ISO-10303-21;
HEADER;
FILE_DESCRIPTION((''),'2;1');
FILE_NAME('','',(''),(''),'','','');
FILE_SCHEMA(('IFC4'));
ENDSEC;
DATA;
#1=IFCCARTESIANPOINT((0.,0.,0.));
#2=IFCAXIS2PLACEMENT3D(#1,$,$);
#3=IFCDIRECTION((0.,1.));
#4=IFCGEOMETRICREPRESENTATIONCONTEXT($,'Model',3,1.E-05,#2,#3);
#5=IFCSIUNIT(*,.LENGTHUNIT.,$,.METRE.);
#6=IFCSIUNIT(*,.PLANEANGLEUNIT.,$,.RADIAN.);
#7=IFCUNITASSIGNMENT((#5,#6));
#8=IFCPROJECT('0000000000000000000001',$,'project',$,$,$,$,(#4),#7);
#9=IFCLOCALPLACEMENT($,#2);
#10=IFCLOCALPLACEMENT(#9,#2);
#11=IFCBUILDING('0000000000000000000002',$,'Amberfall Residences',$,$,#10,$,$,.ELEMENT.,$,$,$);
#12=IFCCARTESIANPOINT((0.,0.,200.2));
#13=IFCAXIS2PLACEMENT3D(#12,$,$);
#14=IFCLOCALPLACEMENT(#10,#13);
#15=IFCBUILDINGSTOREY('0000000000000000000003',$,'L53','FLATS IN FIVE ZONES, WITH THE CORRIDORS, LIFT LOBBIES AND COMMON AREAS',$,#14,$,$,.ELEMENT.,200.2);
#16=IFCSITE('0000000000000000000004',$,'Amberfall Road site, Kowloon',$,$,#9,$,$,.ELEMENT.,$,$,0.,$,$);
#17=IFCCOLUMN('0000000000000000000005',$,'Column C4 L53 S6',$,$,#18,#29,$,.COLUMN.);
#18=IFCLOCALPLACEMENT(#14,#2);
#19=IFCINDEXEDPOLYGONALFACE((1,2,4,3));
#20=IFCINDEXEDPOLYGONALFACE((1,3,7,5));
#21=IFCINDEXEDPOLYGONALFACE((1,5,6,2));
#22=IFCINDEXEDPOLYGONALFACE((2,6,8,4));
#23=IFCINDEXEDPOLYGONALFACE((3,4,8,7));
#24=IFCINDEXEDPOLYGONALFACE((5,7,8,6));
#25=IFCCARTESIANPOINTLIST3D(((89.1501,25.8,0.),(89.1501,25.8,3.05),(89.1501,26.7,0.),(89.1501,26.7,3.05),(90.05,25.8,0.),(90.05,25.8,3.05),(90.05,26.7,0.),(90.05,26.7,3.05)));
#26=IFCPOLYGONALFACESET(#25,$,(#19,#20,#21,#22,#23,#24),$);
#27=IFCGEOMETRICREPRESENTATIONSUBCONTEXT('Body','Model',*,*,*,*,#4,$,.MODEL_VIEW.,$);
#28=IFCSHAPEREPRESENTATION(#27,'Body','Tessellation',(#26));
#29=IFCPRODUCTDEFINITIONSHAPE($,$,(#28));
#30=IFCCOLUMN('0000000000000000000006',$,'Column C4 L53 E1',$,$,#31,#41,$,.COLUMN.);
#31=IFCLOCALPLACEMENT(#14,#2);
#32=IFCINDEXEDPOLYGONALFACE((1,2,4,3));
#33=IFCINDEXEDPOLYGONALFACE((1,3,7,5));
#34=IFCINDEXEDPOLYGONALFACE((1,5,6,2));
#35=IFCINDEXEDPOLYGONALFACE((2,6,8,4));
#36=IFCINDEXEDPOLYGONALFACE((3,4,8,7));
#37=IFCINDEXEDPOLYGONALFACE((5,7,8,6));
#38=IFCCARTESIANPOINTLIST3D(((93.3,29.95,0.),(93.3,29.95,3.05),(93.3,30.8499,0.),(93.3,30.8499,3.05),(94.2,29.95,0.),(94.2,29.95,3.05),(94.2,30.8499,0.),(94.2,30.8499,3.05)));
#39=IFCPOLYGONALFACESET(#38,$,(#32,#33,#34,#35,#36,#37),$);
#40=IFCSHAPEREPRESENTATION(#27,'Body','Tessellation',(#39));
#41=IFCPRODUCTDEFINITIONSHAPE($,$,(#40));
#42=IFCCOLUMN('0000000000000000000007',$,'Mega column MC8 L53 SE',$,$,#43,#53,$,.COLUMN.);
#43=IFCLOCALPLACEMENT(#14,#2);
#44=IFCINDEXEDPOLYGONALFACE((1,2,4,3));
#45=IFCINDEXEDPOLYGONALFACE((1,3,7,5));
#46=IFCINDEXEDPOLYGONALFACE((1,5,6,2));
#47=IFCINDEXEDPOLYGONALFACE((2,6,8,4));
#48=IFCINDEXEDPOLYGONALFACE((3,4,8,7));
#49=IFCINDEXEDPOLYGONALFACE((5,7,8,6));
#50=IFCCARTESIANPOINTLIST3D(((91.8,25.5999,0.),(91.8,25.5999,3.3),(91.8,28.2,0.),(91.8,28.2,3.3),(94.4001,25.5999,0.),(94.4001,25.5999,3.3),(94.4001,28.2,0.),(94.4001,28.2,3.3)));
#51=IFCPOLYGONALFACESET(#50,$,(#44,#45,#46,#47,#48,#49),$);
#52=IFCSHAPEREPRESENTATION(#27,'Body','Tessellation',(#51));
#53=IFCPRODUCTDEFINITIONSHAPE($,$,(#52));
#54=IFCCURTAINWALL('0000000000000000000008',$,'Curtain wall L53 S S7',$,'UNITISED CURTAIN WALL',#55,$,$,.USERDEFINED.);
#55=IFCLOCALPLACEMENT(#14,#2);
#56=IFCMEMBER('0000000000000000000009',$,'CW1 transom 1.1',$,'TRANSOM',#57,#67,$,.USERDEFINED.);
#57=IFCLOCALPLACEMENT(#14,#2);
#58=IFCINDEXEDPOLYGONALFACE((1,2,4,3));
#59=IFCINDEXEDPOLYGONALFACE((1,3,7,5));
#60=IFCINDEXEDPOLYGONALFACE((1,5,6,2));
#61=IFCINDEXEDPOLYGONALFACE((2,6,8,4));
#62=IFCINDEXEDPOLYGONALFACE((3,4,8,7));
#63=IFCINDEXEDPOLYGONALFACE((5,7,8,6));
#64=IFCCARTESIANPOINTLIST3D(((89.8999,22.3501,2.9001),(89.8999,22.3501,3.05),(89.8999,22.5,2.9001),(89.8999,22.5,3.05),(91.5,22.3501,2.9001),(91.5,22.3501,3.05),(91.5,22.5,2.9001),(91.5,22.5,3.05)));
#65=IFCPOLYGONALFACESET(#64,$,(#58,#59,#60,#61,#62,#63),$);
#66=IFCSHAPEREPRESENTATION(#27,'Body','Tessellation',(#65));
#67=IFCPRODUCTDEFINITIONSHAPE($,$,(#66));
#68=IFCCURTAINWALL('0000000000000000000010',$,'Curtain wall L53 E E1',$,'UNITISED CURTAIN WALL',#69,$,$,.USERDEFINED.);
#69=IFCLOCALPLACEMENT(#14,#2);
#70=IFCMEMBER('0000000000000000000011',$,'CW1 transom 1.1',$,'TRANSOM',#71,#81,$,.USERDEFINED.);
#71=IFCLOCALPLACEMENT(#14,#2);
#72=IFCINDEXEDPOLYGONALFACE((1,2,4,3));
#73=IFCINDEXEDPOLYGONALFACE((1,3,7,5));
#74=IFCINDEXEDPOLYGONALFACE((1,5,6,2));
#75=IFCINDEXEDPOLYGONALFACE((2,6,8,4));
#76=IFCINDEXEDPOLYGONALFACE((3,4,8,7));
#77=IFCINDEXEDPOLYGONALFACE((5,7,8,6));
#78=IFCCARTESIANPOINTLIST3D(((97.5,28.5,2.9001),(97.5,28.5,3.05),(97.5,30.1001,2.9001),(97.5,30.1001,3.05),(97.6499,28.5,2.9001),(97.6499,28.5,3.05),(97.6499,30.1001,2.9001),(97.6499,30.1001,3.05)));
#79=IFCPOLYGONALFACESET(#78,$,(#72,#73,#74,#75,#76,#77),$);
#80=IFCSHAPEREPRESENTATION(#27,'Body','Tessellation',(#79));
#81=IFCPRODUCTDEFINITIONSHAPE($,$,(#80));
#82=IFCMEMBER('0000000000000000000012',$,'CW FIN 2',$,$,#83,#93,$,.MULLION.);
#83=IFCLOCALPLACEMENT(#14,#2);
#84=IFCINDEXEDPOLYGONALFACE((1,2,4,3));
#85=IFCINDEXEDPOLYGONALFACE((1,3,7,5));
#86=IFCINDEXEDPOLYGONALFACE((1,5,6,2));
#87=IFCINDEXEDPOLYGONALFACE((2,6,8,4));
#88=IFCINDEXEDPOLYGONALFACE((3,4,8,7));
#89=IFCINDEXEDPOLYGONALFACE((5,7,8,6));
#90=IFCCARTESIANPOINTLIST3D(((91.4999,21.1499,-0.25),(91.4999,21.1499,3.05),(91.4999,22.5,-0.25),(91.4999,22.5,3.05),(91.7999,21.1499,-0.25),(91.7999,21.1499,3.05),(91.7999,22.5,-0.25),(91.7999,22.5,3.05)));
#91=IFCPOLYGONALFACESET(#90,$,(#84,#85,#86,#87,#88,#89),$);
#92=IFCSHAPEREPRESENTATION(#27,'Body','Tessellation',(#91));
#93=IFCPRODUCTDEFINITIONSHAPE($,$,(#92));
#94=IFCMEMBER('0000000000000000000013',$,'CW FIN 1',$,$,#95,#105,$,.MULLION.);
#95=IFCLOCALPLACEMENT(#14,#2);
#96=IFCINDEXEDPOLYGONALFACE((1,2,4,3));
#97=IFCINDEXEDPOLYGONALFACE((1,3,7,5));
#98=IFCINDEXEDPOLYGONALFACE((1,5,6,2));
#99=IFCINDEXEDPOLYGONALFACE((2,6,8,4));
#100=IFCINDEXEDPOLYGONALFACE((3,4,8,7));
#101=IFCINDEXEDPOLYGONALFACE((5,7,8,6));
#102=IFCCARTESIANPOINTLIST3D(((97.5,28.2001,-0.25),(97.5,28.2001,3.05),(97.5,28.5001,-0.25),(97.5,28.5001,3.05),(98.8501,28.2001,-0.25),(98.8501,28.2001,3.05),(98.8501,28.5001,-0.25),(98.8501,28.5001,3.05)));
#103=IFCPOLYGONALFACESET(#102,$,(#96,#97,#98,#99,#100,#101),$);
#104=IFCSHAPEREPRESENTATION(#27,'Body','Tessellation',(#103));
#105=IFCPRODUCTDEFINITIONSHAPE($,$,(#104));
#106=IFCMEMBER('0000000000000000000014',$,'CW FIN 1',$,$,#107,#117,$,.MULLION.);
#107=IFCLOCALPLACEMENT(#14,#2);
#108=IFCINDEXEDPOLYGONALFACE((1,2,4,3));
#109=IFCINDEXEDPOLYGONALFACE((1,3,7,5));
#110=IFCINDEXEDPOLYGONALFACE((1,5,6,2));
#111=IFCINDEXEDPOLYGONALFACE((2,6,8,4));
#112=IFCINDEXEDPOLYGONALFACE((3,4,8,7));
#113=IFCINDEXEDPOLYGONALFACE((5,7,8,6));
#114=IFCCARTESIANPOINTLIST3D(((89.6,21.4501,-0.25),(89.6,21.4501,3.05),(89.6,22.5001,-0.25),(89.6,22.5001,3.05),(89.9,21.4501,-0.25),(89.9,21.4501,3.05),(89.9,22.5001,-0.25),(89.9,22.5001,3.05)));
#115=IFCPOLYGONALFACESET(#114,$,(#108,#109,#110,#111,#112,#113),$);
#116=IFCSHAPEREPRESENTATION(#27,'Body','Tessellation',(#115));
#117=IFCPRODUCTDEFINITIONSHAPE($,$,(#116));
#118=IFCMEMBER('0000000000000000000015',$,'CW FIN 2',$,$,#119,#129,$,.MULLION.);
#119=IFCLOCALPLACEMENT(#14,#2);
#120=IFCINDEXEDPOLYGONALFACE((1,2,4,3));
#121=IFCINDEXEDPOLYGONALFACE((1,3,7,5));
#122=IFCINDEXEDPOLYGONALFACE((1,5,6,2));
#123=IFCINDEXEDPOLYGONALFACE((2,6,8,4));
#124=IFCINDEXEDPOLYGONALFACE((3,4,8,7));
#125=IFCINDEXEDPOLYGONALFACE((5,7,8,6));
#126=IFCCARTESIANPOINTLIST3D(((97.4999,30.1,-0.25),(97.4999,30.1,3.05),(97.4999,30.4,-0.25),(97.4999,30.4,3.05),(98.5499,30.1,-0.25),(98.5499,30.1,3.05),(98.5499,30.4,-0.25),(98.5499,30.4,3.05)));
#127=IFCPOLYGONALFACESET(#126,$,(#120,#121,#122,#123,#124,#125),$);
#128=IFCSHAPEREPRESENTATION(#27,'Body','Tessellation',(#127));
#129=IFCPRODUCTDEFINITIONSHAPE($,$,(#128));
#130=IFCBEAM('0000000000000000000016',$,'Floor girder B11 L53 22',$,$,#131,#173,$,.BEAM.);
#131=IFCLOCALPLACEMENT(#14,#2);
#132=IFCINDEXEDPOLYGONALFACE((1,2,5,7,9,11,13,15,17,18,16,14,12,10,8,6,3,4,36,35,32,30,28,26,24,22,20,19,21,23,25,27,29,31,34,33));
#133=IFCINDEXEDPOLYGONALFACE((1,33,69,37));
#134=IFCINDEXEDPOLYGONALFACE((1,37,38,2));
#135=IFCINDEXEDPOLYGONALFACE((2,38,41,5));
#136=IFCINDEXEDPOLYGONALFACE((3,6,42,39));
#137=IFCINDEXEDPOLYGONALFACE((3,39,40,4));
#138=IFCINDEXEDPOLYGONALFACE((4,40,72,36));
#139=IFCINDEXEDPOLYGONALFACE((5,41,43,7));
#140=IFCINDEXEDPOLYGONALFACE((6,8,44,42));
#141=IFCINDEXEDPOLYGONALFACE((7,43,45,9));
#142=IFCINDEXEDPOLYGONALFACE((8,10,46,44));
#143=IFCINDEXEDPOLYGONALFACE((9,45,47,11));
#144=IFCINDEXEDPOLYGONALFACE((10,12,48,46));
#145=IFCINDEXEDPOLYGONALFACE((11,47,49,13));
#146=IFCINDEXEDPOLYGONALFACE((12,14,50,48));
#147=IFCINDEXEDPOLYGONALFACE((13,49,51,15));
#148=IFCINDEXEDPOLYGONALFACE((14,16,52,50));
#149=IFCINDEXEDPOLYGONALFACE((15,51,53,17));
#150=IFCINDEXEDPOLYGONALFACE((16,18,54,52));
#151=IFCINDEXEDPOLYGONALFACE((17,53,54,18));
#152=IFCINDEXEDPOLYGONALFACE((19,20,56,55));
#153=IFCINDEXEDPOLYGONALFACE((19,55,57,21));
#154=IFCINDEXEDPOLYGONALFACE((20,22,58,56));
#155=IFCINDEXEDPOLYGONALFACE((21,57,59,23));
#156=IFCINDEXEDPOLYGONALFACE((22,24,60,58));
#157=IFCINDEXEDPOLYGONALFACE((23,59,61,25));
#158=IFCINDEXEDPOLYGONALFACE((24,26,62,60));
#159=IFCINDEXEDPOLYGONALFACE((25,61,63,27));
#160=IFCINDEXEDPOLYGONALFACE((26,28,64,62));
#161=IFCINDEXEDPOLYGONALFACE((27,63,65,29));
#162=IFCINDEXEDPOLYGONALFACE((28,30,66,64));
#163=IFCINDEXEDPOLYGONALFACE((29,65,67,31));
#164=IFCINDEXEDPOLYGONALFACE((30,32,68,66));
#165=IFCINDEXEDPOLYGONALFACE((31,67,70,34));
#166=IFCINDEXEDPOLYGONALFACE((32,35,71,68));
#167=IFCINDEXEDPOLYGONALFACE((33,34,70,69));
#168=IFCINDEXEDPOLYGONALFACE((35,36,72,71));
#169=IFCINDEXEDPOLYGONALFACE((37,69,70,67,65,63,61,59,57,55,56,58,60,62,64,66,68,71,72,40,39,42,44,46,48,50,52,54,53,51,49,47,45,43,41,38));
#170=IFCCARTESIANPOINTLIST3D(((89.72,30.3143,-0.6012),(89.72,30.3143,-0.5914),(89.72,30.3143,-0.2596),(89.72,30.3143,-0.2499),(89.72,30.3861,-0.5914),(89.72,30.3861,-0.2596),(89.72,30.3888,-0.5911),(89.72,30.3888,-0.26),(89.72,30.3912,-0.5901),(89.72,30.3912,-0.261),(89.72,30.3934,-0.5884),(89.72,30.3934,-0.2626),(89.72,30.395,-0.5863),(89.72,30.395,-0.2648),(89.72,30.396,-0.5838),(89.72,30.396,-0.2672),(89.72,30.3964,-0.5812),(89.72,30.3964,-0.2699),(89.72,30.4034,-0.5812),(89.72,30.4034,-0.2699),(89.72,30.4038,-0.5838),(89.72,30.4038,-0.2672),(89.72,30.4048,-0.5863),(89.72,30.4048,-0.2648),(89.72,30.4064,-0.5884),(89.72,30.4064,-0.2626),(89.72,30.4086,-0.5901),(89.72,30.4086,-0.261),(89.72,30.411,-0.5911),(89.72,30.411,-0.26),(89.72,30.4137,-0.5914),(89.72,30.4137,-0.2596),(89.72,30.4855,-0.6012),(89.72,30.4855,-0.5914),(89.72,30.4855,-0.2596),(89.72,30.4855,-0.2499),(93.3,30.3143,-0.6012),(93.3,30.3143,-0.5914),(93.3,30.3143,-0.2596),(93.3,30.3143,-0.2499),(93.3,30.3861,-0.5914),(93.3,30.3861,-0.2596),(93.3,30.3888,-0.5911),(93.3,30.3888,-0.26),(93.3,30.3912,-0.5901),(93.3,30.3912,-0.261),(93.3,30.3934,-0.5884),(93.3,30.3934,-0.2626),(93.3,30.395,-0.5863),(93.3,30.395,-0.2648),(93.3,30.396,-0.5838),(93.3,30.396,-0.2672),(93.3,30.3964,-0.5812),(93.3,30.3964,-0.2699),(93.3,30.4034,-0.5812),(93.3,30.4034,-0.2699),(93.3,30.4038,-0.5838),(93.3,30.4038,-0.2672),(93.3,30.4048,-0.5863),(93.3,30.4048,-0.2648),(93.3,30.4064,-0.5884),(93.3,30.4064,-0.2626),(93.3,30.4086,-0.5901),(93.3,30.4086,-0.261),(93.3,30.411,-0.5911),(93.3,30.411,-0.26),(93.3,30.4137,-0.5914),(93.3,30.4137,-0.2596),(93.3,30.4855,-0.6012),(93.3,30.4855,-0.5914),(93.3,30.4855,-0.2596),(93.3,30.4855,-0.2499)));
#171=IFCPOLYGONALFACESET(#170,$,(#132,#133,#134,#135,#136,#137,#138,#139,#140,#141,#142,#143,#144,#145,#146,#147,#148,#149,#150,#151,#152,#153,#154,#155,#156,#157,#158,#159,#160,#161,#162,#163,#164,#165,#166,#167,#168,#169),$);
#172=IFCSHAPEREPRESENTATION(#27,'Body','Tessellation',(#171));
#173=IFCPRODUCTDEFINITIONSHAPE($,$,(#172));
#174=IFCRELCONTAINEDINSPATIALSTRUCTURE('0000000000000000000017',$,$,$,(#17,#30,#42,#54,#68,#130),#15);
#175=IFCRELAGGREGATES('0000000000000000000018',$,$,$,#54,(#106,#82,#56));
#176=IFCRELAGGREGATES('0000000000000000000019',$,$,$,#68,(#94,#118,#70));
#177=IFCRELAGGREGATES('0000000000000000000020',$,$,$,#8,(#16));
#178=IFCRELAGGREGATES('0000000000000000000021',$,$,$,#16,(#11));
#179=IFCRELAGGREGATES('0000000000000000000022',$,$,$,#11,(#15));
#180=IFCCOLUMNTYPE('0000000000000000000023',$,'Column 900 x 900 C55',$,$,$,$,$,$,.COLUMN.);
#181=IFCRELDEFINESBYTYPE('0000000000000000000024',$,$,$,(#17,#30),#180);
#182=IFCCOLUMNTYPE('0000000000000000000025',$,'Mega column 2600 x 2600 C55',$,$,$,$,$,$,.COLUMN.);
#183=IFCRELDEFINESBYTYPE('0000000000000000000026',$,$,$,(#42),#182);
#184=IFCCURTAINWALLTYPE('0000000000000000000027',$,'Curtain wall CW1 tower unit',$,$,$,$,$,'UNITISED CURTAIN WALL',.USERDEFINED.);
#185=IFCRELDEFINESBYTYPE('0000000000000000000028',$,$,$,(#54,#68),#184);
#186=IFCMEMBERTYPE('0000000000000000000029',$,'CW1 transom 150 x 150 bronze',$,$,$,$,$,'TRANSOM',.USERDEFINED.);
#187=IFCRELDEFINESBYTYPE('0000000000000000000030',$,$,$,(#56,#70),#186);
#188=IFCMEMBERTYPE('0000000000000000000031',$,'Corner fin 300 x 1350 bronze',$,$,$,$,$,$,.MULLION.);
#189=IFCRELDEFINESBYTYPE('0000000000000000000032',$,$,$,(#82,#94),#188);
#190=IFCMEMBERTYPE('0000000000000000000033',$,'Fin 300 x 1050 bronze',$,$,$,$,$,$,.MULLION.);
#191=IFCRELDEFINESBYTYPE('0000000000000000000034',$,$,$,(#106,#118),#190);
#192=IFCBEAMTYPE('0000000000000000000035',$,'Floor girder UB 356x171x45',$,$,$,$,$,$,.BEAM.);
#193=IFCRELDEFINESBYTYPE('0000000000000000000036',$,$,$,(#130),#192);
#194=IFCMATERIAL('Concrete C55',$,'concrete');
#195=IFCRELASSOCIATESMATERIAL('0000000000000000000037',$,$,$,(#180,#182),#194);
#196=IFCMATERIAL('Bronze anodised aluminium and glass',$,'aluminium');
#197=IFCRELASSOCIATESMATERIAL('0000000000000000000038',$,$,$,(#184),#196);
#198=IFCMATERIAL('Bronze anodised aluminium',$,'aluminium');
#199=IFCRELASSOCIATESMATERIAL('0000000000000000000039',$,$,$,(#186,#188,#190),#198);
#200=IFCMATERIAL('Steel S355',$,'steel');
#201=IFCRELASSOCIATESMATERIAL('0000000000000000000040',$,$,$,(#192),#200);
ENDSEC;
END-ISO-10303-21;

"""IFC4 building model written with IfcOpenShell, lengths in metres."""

from ifc_helpers import new_model, si_unit, direction, frame, origin, origin_2d, place, context, subcontext, project, spatial, rectangle, i_section, extrude, material, material_profile, profile_set, type_object, element, aggregate, save


model = new_model("IFC4")

# Units and contexts
model_context = context("Model", 3, precision=1e-05, world=origin(), true_north=direction((0.0, 1.0)))
body_context = subcontext(model_context, "Body", "Model", "MODEL_VIEW")
ifc_project = project(units=[si_unit("LENGTHUNIT", "METRE"), si_unit("PLANEANGLEUNIT", "RADIAN")], contexts=[model_context])

# Site, building, storey
site_placement = place(None, origin())
site = spatial("IfcSite", under=ifc_project, at=site_placement, Name="Amberfall Road site, Kowloon", CompositionType="ELEMENT", RefElevation=0.0)
building_placement = place(site_placement, origin())
building = spatial("IfcBuilding", under=site, at=building_placement, Name="Amberfall Residences", CompositionType="ELEMENT")
storey_placement = place(building_placement, frame((0.0, 0.0, 200.2)))
storey = spatial("IfcBuildingStorey", under=building, at=storey_placement, Name="L53", Description="FLATS IN FIVE ZONES, WITH THE CORRIDORS, LIFT LOBBIES AND COMMON AREAS", CompositionType="ELEMENT", Elevation=200.2)

# Columns
ifc_material_1 = material(Name="Concrete C55", Category="concrete")
ifc_material_profile_1 = material_profile(ifc_material_1, rectangle(XDim=0.8999, YDim=0.8999, at=origin_2d()), Name="Column 900 x 900 C55")
ifc_profile_set_1 = profile_set([ifc_material_profile_1], Name="Concrete C55")
column_type_1 = type_object("IfcColumnType", Name="Column 900 x 900 C55", PredefinedType="COLUMN", material=ifc_profile_set_1)
for number, where, z_axis, x_axis, name in (
    (1, (89.6001, 26.25, 0.0), (0.0, 0.0, 1.0), (1.0, 0.0, 0.0), "Column C4 L53 S6"),
    (2, (93.75, 30.3999, 0.0), (0.0, 0.0, 1.0), (1.0, 0.0, 0.0), "Column C4 L53 E1"),
):
    element("IfcColumn", number, at=place(storey_placement, frame(where, z_axis=z_axis, x_axis=x_axis)), inside=storey, type_object=column_type_1, Name=name, PredefinedType="COLUMN", context=body_context, shape_type="SweptSolid", body=[
        extrude(rectangle(XDim=0.8999, YDim=0.8999, at=origin_2d()), origin(), (0.0, 0.0, 1.0), 3.05),
    ])
ifc_material_profile_2 = material_profile(ifc_material_1, rectangle(XDim=2.6001, YDim=2.6001, at=origin_2d()), Name="Mega column 2600 x 2600 C55")
ifc_profile_set_2 = profile_set([ifc_material_profile_2], Name="Concrete C55")
column_type_2 = type_object("IfcColumnType", Name="Mega column 2600 x 2600 C55", PredefinedType="COLUMN", material=ifc_profile_set_2)
column_placement = place(storey_placement, frame((93.1001, 26.8999, 0.0), z_axis=(0.0, 0.0, 1.0), x_axis=(1.0, 0.0, 0.0)))
element("IfcColumn", 3, at=column_placement, inside=storey, type_object=column_type_2, Name="Mega column MC8 L53 SE", PredefinedType="COLUMN", context=body_context, shape_type="SweptSolid", body=[
    extrude(rectangle(XDim=2.6001, YDim=2.6001, at=origin_2d()), origin(), (0.0, 0.0, 1.0), 3.3),
])

# Curtain walls, members
ifc_material_2 = material(Name="Bronze anodised aluminium and glass", Category="aluminium")
curtain_wall_type = type_object("IfcCurtainWallType", Name="Curtain wall CW1 tower unit", ElementType="UNITISED CURTAIN WALL", PredefinedType="USERDEFINED", material=ifc_material_2)
curtain_wall_1_placement = place(storey_placement, origin())
curtain_wall_1 = element("IfcCurtainWall", 4, at=curtain_wall_1_placement, inside=storey, type_object=curtain_wall_type, Name="Curtain wall L53 S S7", ObjectType="UNITISED CURTAIN WALL", PredefinedType="USERDEFINED")
ifc_material_3 = material(Name="Bronze anodised aluminium", Category="aluminium")
ifc_material_profile_3 = material_profile(ifc_material_3, rectangle(XDim=0.1499, YDim=0.1499, at=origin_2d()), Name="CW1 transom 150 x 150 bronze")
ifc_profile_set_3 = profile_set([ifc_material_profile_3], Name="Bronze anodised aluminium")
member_type_1 = type_object("IfcMemberType", Name="CW1 transom 150 x 150 bronze", ElementType="TRANSOM", PredefinedType="USERDEFINED", material=ifc_profile_set_3)
member_1_placement = place(storey_placement, frame((89.8999, 22.425, 2.9751), z_axis=(1.0, 0.0, 0.0), x_axis=(0.0, 1.0, 0.0)))
member_1 = element("IfcMember", 5, at=member_1_placement, type_object=member_type_1, Name="CW1 transom 1.1", ObjectType="TRANSOM", PredefinedType="USERDEFINED", context=body_context, shape_type="SweptSolid", body=[
    extrude(rectangle(XDim=0.1499, YDim=0.1499, at=origin_2d()), origin(), (0.0, 0.0, 1.0), 1.6001),
])
curtain_wall_2_placement = place(storey_placement, origin())
curtain_wall_2 = element("IfcCurtainWall", 6, at=curtain_wall_2_placement, inside=storey, type_object=curtain_wall_type, Name="Curtain wall L53 E E1", ObjectType="UNITISED CURTAIN WALL", PredefinedType="USERDEFINED")
member_2_placement = place(storey_placement, frame((97.575, 28.5, 2.9751), z_axis=(0.0, 1.0, 0.0), x_axis=(-1.0, 0.0, 0.0)))
member_2 = element("IfcMember", 7, at=member_2_placement, type_object=member_type_1, Name="CW1 transom 1.1", ObjectType="TRANSOM", PredefinedType="USERDEFINED", context=body_context, shape_type="SweptSolid", body=[
    extrude(rectangle(XDim=0.1499, YDim=0.1499, at=origin_2d()), origin(), (0.0, 0.0, 1.0), 1.6001),
])

# Members
ifc_material_profile_4 = material_profile(ifc_material_3, rectangle(XDim=1.3501, YDim=0.3, at=origin_2d()), Name="Corner fin 300 x 1350 bronze")
ifc_profile_set_4 = profile_set([ifc_material_profile_4], Name="Bronze anodised aluminium")
member_type_2 = type_object("IfcMemberType", Name="Corner fin 300 x 1350 bronze", PredefinedType="MULLION", material=ifc_profile_set_4)
member_3_placement = place(storey_placement, frame((91.6499, 21.825, -0.25), z_axis=(0.0, 0.0, 1.0), x_axis=(0.0, 1.0, 0.0)))
member_3 = element("IfcMember", 8, at=member_3_placement, type_object=member_type_2, Name="CW FIN 2", PredefinedType="MULLION", context=body_context, shape_type="SweptSolid", body=[
    extrude(rectangle(XDim=1.3501, YDim=0.3, at=origin_2d()), origin(), (0.0, 0.0, 1.0), 3.3),
])
member_4_placement = place(storey_placement, frame((98.175, 28.3501, -0.25), z_axis=(0.0, 0.0, 1.0), x_axis=(-1.0, 0.0, 0.0)))
member_4 = element("IfcMember", 9, at=member_4_placement, type_object=member_type_2, Name="CW FIN 1", PredefinedType="MULLION", context=body_context, shape_type="SweptSolid", body=[
    extrude(rectangle(XDim=1.3501, YDim=0.3, at=origin_2d()), origin(), (0.0, 0.0, 1.0), 3.3),
])
ifc_material_profile_5 = material_profile(ifc_material_3, rectangle(XDim=1.05, YDim=0.3, at=origin_2d()), Name="Fin 300 x 1050 bronze")
ifc_profile_set_5 = profile_set([ifc_material_profile_5], Name="Bronze anodised aluminium")
member_type_3 = type_object("IfcMemberType", Name="Fin 300 x 1050 bronze", PredefinedType="MULLION", material=ifc_profile_set_5)
member_5_placement = place(storey_placement, frame((89.75, 21.9751, -0.25), z_axis=(0.0, 0.0, 1.0), x_axis=(0.0, 1.0, 0.0)))
member_5 = element("IfcMember", 10, at=member_5_placement, type_object=member_type_3, Name="CW FIN 1", PredefinedType="MULLION", context=body_context, shape_type="SweptSolid", body=[
    extrude(rectangle(XDim=1.05, YDim=0.3, at=origin_2d()), origin(), (0.0, 0.0, 1.0), 3.3),
])
member_6_placement = place(storey_placement, frame((98.0249, 30.25, -0.25), z_axis=(0.0, 0.0, 1.0), x_axis=(-1.0, 0.0, 0.0)))
member_6 = element("IfcMember", 11, at=member_6_placement, type_object=member_type_3, Name="CW FIN 2", PredefinedType="MULLION", context=body_context, shape_type="SweptSolid", body=[
    extrude(rectangle(XDim=1.05, YDim=0.3, at=origin_2d()), origin(), (0.0, 0.0, 1.0), 3.3),
])

# Beam
ifc_material_4 = material(Name="Steel S355", Category="steel")
ifc_material_profile_6 = material_profile(ifc_material_4, i_section(OverallWidth=0.1711, OverallDepth=0.3513, WebThickness=0.0071, FlangeThickness=0.0098, FilletRadius=0.0103, at=origin_2d()), Name="UB 356x171x45")
ifc_profile_set_6 = profile_set([ifc_material_profile_6], Name="Steel S355")
beam_type_1 = type_object("IfcBeamType", Name="Floor girder UB 356x171x45", PredefinedType="BEAM", material=ifc_profile_set_6)
beam_1_placement = place(storey_placement, frame((93.3, 30.3999, -0.4255), z_axis=(-1.0, 0.0, 0.0), x_axis=(0.0, -1.0, 0.0)))
element("IfcBeam", 12, at=beam_1_placement, inside=storey, type_object=beam_type_1, Name="Floor girder B11 L53 22", PredefinedType="BEAM", context=body_context, shape_type="SweptSolid", body=[
    extrude(i_section(OverallWidth=0.1711, OverallDepth=0.3513, WebThickness=0.0071, FlangeThickness=0.0098, FilletRadius=0.0103, at=origin_2d()), origin(), (0.0, 0.0, 1.0), 3.5801),
])

aggregate(curtain_wall_1, [member_5, member_3, member_1])
aggregate(curtain_wall_2, [member_4, member_6, member_2])

save(model, "model.ifc")
